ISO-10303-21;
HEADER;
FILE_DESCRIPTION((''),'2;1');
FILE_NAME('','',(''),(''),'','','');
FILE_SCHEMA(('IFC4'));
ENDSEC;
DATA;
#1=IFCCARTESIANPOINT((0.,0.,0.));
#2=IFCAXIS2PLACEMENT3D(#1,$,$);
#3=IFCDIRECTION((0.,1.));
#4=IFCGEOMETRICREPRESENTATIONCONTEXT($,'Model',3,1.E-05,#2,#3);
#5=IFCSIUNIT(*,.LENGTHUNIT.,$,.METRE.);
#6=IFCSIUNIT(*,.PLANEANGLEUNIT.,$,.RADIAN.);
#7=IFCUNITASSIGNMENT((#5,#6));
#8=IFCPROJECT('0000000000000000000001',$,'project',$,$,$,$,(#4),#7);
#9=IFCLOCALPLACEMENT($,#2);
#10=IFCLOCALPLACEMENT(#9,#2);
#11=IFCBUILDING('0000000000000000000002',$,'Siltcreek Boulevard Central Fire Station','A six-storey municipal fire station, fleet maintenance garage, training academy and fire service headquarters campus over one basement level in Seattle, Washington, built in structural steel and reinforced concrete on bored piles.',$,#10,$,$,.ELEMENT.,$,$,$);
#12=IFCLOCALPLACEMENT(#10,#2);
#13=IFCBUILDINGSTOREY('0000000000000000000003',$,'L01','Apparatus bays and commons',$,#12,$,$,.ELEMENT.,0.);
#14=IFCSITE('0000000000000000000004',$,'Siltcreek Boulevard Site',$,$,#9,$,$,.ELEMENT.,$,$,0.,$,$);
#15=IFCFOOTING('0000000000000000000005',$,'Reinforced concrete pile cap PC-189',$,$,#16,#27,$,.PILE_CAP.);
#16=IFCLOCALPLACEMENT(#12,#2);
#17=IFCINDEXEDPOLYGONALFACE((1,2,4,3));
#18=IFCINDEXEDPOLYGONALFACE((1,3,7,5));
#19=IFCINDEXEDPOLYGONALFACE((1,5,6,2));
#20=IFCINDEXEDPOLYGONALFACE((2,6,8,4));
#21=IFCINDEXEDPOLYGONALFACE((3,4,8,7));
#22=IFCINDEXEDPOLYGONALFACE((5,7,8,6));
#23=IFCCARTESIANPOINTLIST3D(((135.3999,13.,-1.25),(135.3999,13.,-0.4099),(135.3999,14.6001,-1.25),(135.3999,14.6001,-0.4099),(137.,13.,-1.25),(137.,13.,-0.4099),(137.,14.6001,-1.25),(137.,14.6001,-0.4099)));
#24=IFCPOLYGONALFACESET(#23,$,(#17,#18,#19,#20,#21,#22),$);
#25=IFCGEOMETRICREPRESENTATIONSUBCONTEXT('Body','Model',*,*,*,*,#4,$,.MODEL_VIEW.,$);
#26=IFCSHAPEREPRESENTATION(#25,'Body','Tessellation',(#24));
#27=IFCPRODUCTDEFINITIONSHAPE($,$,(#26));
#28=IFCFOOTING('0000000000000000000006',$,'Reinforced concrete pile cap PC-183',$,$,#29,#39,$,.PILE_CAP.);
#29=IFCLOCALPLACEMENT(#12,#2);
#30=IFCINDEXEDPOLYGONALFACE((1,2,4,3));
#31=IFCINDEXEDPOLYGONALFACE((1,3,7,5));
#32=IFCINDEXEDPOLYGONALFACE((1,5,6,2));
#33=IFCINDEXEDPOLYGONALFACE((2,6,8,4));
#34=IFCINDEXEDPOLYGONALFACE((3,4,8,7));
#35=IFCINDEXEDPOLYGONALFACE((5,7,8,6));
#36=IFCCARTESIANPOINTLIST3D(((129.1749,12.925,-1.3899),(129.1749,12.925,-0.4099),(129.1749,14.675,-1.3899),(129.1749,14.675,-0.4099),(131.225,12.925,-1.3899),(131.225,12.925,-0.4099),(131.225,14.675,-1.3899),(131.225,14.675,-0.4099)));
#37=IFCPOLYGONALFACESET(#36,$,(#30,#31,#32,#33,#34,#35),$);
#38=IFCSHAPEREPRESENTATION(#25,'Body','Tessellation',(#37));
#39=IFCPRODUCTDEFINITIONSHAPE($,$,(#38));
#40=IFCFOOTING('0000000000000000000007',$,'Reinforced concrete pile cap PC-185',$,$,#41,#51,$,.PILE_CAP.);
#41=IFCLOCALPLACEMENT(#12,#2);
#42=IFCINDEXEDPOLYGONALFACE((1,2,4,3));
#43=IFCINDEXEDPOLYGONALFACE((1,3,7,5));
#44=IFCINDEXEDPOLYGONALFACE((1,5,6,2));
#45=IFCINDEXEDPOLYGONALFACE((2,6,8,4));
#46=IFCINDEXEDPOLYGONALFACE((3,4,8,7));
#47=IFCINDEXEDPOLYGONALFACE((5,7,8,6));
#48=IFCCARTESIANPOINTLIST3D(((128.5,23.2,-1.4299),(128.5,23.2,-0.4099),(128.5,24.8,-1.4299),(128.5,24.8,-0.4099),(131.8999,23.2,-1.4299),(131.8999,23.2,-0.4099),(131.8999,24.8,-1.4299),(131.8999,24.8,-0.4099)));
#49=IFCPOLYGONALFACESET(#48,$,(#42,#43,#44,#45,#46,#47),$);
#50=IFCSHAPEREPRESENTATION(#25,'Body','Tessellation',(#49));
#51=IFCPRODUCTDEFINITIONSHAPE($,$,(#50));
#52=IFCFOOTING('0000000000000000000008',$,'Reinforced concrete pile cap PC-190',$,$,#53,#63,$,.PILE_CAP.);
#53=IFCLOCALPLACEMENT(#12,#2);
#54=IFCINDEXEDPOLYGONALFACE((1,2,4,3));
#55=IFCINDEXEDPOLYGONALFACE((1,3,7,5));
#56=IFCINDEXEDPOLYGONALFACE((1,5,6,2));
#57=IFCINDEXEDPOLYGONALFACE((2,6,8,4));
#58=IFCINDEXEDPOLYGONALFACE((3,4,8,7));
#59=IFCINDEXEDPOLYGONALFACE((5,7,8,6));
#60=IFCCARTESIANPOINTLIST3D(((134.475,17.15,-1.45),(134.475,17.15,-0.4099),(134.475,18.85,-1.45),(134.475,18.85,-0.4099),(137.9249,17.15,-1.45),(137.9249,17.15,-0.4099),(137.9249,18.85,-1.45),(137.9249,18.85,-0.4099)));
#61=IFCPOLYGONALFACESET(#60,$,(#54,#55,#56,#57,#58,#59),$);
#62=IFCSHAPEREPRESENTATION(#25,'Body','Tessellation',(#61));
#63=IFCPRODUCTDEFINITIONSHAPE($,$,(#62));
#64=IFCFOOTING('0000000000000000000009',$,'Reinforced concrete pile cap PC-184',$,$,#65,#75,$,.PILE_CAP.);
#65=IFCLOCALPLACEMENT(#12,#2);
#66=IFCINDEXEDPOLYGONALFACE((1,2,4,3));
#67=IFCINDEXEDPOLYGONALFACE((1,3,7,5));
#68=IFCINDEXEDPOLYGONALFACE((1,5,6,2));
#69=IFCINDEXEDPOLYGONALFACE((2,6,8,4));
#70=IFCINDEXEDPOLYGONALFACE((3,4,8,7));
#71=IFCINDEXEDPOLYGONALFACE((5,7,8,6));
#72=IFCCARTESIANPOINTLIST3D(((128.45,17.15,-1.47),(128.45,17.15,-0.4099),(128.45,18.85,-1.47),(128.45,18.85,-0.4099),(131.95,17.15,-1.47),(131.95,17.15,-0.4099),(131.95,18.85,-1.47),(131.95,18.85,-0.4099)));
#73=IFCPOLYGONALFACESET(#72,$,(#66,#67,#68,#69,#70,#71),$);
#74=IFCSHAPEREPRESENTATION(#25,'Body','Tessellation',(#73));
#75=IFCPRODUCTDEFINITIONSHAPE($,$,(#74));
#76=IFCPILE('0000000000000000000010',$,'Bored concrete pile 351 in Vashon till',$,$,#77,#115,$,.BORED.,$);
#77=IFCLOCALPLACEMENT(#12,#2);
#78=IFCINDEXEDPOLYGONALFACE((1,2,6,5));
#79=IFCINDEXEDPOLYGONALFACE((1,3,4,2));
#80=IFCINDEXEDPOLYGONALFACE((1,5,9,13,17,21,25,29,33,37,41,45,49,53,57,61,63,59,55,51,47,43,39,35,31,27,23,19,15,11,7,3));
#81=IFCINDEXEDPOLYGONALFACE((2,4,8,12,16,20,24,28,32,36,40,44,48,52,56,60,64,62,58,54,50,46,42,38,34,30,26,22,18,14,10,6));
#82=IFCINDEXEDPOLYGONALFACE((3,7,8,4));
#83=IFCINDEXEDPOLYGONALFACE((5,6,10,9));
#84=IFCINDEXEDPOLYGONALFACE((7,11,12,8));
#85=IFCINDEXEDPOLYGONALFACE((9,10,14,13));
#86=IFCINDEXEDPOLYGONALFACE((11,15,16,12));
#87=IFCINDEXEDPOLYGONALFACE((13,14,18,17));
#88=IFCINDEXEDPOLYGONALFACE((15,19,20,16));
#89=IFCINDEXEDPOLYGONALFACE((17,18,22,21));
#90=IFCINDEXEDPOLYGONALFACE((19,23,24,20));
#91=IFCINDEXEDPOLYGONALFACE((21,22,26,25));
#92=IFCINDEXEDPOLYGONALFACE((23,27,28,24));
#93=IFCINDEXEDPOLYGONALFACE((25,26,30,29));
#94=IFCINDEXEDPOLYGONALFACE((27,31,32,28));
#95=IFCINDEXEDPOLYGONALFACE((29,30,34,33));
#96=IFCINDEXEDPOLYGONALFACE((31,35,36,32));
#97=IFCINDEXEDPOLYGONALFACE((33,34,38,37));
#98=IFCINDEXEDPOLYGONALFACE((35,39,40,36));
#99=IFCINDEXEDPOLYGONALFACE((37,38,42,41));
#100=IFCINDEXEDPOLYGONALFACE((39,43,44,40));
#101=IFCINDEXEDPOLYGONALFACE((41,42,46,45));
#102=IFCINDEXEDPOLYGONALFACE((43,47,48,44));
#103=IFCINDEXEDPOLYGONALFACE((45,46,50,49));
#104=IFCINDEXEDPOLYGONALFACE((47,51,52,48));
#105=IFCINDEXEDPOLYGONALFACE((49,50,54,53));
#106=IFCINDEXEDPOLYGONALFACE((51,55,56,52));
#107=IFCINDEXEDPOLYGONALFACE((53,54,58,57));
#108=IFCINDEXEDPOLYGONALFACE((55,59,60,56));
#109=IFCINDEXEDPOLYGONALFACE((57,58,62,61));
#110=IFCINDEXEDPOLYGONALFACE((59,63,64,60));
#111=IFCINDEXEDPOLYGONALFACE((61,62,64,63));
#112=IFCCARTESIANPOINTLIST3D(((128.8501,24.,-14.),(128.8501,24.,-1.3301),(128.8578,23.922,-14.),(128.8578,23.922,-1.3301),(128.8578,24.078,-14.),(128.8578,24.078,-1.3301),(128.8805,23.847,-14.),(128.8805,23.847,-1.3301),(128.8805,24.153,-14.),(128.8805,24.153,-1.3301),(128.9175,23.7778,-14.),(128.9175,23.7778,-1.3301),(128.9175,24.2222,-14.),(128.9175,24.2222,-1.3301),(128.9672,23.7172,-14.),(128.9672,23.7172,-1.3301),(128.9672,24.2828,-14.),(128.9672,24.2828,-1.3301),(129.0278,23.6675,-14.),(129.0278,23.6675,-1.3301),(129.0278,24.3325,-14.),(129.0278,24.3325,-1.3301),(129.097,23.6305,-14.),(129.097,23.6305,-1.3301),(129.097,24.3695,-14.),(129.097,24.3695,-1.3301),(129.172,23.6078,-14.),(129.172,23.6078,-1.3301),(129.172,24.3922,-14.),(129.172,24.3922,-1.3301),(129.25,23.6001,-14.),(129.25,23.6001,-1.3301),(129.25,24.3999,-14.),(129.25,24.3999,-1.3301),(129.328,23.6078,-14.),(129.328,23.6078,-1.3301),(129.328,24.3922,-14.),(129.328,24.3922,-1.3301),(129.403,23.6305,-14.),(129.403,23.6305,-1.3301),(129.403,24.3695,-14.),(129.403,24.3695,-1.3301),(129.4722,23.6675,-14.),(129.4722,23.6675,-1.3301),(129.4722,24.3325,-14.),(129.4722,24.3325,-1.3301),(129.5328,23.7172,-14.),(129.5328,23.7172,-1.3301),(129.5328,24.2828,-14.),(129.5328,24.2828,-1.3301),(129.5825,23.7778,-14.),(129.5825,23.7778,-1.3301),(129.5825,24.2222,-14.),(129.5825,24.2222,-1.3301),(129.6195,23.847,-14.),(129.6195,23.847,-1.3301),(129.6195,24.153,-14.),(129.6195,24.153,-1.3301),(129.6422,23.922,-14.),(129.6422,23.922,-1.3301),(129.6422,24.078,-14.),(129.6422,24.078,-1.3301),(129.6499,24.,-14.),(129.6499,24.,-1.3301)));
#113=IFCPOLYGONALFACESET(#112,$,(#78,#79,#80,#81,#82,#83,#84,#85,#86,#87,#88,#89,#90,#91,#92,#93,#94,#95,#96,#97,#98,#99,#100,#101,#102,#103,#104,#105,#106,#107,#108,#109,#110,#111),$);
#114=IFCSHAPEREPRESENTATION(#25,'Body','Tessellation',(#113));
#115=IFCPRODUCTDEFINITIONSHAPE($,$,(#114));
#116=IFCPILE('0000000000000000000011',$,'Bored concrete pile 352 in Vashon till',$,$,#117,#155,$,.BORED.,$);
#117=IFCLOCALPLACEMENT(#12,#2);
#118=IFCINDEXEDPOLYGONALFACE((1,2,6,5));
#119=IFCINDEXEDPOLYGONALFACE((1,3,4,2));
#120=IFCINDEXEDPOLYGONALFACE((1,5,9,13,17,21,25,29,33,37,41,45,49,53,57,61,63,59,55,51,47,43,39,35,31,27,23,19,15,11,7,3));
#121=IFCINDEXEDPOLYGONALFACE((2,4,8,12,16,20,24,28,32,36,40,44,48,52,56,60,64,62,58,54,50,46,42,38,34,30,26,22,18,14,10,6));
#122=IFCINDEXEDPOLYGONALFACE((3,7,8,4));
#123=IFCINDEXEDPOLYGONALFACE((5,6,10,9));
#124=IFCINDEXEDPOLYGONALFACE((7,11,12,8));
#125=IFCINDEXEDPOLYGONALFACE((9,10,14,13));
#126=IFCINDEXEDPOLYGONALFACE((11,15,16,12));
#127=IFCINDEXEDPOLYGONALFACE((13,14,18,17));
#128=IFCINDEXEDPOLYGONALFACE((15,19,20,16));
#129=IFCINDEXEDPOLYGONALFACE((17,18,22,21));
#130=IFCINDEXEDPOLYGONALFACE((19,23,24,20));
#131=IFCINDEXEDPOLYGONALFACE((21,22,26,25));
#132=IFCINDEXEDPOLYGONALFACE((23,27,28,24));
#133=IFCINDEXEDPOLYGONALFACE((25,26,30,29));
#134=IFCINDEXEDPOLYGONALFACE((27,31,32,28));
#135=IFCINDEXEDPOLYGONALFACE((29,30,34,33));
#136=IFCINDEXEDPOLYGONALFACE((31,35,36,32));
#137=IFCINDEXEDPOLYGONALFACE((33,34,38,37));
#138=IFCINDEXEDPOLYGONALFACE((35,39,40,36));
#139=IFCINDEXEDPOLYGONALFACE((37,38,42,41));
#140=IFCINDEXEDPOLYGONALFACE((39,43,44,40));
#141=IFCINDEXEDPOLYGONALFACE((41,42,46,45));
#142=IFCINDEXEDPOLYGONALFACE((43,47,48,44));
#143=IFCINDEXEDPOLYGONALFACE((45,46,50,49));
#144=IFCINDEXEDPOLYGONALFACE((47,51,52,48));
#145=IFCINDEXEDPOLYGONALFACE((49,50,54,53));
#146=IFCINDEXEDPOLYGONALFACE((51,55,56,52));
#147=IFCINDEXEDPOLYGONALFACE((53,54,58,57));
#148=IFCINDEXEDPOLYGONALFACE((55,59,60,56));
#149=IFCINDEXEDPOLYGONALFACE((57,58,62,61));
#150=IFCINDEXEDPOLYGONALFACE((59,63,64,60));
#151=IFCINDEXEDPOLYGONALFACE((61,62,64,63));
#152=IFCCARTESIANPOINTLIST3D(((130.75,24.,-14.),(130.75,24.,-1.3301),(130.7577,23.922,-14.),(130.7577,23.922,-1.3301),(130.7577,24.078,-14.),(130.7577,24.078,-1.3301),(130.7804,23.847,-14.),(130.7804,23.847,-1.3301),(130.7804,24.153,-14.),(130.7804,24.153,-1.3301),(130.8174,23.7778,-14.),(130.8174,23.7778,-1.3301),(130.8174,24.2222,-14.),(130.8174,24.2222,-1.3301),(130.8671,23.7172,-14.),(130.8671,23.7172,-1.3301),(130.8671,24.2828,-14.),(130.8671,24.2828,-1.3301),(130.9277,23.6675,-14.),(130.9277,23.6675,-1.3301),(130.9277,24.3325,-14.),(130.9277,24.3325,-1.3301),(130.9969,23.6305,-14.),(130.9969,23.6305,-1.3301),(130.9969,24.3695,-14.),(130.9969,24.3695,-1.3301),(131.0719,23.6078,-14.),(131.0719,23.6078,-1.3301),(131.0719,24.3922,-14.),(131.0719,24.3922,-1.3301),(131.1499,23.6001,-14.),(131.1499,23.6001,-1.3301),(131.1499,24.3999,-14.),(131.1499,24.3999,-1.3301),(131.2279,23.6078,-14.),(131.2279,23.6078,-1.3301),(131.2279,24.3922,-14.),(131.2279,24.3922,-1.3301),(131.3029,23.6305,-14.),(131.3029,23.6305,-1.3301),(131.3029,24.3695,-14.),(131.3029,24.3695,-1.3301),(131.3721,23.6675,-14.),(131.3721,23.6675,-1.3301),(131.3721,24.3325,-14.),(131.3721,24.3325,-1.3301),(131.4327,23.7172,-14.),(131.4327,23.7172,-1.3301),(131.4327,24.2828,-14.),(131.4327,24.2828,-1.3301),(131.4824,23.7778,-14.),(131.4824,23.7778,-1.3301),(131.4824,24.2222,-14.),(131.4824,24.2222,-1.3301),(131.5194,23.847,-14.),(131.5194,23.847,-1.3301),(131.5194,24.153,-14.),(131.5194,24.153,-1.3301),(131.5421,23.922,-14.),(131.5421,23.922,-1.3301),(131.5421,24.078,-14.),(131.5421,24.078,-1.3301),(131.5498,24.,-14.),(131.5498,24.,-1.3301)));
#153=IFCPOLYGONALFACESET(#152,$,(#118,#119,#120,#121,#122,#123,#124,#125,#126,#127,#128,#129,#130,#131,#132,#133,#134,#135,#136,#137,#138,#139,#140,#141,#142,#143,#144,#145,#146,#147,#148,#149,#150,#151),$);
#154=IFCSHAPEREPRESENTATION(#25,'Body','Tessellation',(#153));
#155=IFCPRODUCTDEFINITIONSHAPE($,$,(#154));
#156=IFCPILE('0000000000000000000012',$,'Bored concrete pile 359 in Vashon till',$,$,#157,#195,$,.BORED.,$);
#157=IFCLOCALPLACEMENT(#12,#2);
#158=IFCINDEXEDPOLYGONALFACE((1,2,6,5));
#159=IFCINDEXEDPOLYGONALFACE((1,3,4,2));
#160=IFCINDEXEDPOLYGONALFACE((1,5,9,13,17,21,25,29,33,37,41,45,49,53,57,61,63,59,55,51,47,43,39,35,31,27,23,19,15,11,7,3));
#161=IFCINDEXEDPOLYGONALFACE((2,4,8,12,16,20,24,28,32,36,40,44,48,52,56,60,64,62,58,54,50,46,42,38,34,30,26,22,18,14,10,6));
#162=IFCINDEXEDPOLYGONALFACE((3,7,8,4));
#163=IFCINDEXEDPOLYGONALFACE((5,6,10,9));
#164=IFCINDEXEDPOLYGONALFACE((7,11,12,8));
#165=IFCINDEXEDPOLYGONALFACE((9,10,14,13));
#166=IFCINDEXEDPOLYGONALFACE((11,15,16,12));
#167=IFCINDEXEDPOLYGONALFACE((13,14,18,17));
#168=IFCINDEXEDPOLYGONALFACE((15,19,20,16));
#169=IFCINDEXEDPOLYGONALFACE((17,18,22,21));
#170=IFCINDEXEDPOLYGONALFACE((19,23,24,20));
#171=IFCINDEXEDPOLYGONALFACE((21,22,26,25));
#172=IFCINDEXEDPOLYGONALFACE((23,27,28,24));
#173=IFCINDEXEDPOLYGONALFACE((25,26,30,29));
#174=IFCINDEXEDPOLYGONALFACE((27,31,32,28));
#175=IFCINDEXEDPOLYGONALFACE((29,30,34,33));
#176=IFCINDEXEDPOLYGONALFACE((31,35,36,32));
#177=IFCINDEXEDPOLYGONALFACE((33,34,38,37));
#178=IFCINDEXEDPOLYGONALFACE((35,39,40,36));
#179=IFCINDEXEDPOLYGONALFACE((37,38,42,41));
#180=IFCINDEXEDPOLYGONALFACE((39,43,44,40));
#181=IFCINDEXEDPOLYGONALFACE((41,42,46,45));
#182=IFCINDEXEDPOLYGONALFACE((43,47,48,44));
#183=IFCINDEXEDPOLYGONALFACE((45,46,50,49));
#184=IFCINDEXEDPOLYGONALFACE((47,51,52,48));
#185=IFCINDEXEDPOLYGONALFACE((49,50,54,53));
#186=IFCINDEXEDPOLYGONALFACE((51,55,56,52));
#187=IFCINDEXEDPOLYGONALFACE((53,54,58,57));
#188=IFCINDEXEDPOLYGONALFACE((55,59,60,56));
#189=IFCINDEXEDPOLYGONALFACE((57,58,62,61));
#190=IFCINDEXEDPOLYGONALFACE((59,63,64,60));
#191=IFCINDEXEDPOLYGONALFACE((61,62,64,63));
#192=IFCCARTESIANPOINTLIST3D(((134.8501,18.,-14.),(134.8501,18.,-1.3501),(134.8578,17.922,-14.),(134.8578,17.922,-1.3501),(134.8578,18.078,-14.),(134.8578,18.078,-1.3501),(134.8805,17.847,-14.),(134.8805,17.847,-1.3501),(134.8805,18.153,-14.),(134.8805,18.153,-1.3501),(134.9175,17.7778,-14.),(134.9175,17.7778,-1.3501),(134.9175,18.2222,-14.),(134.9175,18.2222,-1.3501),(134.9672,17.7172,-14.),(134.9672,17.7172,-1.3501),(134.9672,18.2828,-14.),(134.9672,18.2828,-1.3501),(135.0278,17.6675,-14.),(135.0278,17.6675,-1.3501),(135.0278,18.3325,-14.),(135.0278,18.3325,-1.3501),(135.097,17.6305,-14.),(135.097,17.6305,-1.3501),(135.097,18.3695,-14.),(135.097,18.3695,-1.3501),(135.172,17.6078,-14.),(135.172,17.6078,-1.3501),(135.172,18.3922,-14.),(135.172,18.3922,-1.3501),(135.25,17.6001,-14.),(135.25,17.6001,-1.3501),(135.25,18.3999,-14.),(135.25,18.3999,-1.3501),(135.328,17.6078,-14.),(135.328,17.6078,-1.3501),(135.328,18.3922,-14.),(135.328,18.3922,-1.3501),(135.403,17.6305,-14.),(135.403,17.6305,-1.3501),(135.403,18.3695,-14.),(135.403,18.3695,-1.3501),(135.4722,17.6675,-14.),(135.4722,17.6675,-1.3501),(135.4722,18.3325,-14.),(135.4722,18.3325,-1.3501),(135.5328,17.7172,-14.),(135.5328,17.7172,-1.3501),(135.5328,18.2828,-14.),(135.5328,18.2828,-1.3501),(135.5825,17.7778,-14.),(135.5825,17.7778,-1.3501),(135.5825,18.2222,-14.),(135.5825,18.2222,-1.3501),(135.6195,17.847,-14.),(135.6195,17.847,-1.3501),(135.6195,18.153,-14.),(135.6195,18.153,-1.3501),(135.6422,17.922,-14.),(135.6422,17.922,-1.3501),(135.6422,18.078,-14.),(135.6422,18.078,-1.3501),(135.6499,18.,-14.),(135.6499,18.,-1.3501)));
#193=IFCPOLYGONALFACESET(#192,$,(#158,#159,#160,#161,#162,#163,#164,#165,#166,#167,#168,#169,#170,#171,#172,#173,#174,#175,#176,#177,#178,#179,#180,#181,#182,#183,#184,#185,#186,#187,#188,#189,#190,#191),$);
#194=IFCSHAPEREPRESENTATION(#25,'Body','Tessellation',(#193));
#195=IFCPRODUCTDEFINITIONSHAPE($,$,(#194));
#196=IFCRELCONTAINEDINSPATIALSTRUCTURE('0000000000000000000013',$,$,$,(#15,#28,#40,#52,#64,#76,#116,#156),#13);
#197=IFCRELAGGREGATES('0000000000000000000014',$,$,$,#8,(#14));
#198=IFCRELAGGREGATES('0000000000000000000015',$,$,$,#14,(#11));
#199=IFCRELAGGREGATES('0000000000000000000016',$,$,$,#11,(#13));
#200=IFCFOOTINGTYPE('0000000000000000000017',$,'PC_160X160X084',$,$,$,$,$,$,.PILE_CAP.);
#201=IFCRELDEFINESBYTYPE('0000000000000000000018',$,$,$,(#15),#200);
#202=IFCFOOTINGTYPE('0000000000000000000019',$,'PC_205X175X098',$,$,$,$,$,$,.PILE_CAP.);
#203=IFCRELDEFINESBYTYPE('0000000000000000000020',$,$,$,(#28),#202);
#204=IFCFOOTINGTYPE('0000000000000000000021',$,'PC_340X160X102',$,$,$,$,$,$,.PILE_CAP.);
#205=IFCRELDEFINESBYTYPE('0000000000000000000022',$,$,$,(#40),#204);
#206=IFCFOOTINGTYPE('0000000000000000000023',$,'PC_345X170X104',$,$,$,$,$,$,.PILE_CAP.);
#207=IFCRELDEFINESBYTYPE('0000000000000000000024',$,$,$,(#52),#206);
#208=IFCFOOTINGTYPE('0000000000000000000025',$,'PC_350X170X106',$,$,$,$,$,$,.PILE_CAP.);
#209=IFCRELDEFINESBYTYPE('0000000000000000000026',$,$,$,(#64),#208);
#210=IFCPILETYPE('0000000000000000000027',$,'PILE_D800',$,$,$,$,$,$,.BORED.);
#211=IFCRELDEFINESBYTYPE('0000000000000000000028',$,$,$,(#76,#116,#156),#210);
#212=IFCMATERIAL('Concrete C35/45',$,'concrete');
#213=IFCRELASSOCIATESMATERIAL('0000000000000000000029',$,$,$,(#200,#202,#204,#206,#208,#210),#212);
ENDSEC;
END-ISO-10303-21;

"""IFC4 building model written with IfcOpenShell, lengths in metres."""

from ifc_helpers import new_model, si_unit, direction, frame, origin, origin_2d, place, context, subcontext, project, spatial, rectangle, circle, extrude, material, material_profile, profile_set, type_object, element, save


model = new_model("IFC4")

# Units and contexts
model_context = context("Model", 3, precision=1e-05, world=origin(), true_north=direction((0.0, 1.0)))
body_context = subcontext(model_context, "Body", "Model", "MODEL_VIEW")
ifc_project = project(units=[si_unit("LENGTHUNIT", "METRE"), si_unit("PLANEANGLEUNIT", "RADIAN")], contexts=[model_context])

# Site, building, storey
site_placement = place(None, origin())
site = spatial("IfcSite", under=ifc_project, at=site_placement, Name="Siltcreek Boulevard Site", CompositionType="ELEMENT", RefElevation=0.0)
building_placement = place(site_placement, origin())
building = spatial("IfcBuilding", under=site, at=building_placement, Name="Siltcreek Boulevard Central Fire Station", Description="A six-storey municipal fire station, fleet maintenance garage, training academy and fire service headquarters campus over one basement level in Seattle, Washington, built in structural steel and reinforced concrete on bored piles.", CompositionType="ELEMENT")
storey_placement = place(building_placement, origin())
storey = spatial("IfcBuildingStorey", under=building, at=storey_placement, Name="L01", Description="Apparatus bays and commons", CompositionType="ELEMENT", Elevation=0.0)

# Footings
ifc_material_1 = material(Name="Concrete C35/45", Category="concrete")
footing_type_1 = type_object("IfcFootingType", Name="PC_160X160X084", PredefinedType="PILE_CAP", material=ifc_material_1)
footing_1_placement = place(storey_placement, frame((136.2, 13.8, -1.25), z_axis=(0.0, 0.0, 1.0), x_axis=(1.0, 0.0, 0.0)))
element("IfcFooting", 1, at=footing_1_placement, inside=storey, type_object=footing_type_1, Name="Reinforced concrete pile cap PC-189", PredefinedType="PILE_CAP", context=body_context, shape_type="SweptSolid", body=[
    extrude(rectangle(XDim=1.6001, YDim=1.6001, at=origin_2d()), origin(), (0.0, 0.0, 1.0), 0.8401),
])
footing_type_2 = type_object("IfcFootingType", Name="PC_205X175X098", PredefinedType="PILE_CAP", material=ifc_material_1)
footing_2_placement = place(storey_placement, frame((130.2, 13.8, -1.3899), z_axis=(0.0, 0.0, 1.0), x_axis=(1.0, 0.0, 0.0)))
element("IfcFooting", 2, at=footing_2_placement, inside=storey, type_object=footing_type_2, Name="Reinforced concrete pile cap PC-183", PredefinedType="PILE_CAP", context=body_context, shape_type="SweptSolid", body=[
    extrude(rectangle(XDim=2.05, YDim=1.75, at=origin_2d()), origin(), (0.0, 0.0, 1.0), 0.98),
])
footing_type_3 = type_object("IfcFootingType", Name="PC_340X160X102", PredefinedType="PILE_CAP", material=ifc_material_1)
footing_3_placement = place(storey_placement, frame((130.2, 24.0, -1.4299), z_axis=(0.0, 0.0, 1.0), x_axis=(1.0, 0.0, 0.0)))
element("IfcFooting", 3, at=footing_3_placement, inside=storey, type_object=footing_type_3, Name="Reinforced concrete pile cap PC-185", PredefinedType="PILE_CAP", context=body_context, shape_type="SweptSolid", body=[
    extrude(rectangle(XDim=3.3999, YDim=1.6001, at=origin_2d()), origin(), (0.0, 0.0, 1.0), 1.02),
])
footing_type_4 = type_object("IfcFootingType", Name="PC_345X170X104", PredefinedType="PILE_CAP", material=ifc_material_1)
footing_4_placement = place(storey_placement, frame((136.2, 18.0, -1.45), z_axis=(0.0, 0.0, 1.0), x_axis=(1.0, 0.0, 0.0)))
element("IfcFooting", 4, at=footing_4_placement, inside=storey, type_object=footing_type_4, Name="Reinforced concrete pile cap PC-190", PredefinedType="PILE_CAP", context=body_context, shape_type="SweptSolid", body=[
    extrude(rectangle(XDim=3.45, YDim=1.7, at=origin_2d()), origin(), (0.0, 0.0, 1.0), 1.04),
])
footing_type_5 = type_object("IfcFootingType", Name="PC_350X170X106", PredefinedType="PILE_CAP", material=ifc_material_1)
footing_5_placement = place(storey_placement, frame((130.2, 18.0, -1.47), z_axis=(0.0, 0.0, 1.0), x_axis=(1.0, 0.0, 0.0)))
element("IfcFooting", 5, at=footing_5_placement, inside=storey, type_object=footing_type_5, Name="Reinforced concrete pile cap PC-184", PredefinedType="PILE_CAP", context=body_context, shape_type="SweptSolid", body=[
    extrude(rectangle(XDim=3.5, YDim=1.7, at=origin_2d()), origin(), (0.0, 0.0, 1.0), 1.0601),
])

# Piles
ifc_material_profile_1 = material_profile(ifc_material_1, circle(Radius=0.3999, at=origin_2d()), Name="SHAFT800")
ifc_profile_set_1 = profile_set([ifc_material_profile_1], Name="Concrete C35/45")
pile_type_1 = type_object("IfcPileType", Name="PILE_D800", PredefinedType="BORED", material=ifc_profile_set_1)
for number, where, z_axis, x_axis, name in (
    (6, (129.25, 24.0, -1.3301), (0.0, 0.0, -1.0), (1.0, 0.0, 0.0), "Bored concrete pile 351 in Vashon till"),
    (7, (131.1499, 24.0, -1.3301), (0.0, 0.0, -1.0), (1.0, 0.0, 0.0), "Bored concrete pile 352 in Vashon till"),
):
    element("IfcPile", number, at=place(storey_placement, frame(where, z_axis=z_axis, x_axis=x_axis)), inside=storey, type_object=pile_type_1, Name=name, PredefinedType="BORED", context=body_context, shape_type="SweptSolid", body=[
        extrude(circle(Radius=0.3999, at=origin_2d()), origin(), (0.0, 0.0, 1.0), 12.6699),
    ])
pile_1_placement = place(storey_placement, frame((135.25, 18.0, -1.3501), z_axis=(0.0, 0.0, -1.0), x_axis=(1.0, 0.0, 0.0)))
element("IfcPile", 8, at=pile_1_placement, inside=storey, type_object=pile_type_1, Name="Bored concrete pile 359 in Vashon till", PredefinedType="BORED", context=body_context, shape_type="SweptSolid", body=[
    extrude(circle(Radius=0.3999, at=origin_2d()), origin(), (0.0, 0.0, 1.0), 12.6499),
])

save(model, "model.ifc")
